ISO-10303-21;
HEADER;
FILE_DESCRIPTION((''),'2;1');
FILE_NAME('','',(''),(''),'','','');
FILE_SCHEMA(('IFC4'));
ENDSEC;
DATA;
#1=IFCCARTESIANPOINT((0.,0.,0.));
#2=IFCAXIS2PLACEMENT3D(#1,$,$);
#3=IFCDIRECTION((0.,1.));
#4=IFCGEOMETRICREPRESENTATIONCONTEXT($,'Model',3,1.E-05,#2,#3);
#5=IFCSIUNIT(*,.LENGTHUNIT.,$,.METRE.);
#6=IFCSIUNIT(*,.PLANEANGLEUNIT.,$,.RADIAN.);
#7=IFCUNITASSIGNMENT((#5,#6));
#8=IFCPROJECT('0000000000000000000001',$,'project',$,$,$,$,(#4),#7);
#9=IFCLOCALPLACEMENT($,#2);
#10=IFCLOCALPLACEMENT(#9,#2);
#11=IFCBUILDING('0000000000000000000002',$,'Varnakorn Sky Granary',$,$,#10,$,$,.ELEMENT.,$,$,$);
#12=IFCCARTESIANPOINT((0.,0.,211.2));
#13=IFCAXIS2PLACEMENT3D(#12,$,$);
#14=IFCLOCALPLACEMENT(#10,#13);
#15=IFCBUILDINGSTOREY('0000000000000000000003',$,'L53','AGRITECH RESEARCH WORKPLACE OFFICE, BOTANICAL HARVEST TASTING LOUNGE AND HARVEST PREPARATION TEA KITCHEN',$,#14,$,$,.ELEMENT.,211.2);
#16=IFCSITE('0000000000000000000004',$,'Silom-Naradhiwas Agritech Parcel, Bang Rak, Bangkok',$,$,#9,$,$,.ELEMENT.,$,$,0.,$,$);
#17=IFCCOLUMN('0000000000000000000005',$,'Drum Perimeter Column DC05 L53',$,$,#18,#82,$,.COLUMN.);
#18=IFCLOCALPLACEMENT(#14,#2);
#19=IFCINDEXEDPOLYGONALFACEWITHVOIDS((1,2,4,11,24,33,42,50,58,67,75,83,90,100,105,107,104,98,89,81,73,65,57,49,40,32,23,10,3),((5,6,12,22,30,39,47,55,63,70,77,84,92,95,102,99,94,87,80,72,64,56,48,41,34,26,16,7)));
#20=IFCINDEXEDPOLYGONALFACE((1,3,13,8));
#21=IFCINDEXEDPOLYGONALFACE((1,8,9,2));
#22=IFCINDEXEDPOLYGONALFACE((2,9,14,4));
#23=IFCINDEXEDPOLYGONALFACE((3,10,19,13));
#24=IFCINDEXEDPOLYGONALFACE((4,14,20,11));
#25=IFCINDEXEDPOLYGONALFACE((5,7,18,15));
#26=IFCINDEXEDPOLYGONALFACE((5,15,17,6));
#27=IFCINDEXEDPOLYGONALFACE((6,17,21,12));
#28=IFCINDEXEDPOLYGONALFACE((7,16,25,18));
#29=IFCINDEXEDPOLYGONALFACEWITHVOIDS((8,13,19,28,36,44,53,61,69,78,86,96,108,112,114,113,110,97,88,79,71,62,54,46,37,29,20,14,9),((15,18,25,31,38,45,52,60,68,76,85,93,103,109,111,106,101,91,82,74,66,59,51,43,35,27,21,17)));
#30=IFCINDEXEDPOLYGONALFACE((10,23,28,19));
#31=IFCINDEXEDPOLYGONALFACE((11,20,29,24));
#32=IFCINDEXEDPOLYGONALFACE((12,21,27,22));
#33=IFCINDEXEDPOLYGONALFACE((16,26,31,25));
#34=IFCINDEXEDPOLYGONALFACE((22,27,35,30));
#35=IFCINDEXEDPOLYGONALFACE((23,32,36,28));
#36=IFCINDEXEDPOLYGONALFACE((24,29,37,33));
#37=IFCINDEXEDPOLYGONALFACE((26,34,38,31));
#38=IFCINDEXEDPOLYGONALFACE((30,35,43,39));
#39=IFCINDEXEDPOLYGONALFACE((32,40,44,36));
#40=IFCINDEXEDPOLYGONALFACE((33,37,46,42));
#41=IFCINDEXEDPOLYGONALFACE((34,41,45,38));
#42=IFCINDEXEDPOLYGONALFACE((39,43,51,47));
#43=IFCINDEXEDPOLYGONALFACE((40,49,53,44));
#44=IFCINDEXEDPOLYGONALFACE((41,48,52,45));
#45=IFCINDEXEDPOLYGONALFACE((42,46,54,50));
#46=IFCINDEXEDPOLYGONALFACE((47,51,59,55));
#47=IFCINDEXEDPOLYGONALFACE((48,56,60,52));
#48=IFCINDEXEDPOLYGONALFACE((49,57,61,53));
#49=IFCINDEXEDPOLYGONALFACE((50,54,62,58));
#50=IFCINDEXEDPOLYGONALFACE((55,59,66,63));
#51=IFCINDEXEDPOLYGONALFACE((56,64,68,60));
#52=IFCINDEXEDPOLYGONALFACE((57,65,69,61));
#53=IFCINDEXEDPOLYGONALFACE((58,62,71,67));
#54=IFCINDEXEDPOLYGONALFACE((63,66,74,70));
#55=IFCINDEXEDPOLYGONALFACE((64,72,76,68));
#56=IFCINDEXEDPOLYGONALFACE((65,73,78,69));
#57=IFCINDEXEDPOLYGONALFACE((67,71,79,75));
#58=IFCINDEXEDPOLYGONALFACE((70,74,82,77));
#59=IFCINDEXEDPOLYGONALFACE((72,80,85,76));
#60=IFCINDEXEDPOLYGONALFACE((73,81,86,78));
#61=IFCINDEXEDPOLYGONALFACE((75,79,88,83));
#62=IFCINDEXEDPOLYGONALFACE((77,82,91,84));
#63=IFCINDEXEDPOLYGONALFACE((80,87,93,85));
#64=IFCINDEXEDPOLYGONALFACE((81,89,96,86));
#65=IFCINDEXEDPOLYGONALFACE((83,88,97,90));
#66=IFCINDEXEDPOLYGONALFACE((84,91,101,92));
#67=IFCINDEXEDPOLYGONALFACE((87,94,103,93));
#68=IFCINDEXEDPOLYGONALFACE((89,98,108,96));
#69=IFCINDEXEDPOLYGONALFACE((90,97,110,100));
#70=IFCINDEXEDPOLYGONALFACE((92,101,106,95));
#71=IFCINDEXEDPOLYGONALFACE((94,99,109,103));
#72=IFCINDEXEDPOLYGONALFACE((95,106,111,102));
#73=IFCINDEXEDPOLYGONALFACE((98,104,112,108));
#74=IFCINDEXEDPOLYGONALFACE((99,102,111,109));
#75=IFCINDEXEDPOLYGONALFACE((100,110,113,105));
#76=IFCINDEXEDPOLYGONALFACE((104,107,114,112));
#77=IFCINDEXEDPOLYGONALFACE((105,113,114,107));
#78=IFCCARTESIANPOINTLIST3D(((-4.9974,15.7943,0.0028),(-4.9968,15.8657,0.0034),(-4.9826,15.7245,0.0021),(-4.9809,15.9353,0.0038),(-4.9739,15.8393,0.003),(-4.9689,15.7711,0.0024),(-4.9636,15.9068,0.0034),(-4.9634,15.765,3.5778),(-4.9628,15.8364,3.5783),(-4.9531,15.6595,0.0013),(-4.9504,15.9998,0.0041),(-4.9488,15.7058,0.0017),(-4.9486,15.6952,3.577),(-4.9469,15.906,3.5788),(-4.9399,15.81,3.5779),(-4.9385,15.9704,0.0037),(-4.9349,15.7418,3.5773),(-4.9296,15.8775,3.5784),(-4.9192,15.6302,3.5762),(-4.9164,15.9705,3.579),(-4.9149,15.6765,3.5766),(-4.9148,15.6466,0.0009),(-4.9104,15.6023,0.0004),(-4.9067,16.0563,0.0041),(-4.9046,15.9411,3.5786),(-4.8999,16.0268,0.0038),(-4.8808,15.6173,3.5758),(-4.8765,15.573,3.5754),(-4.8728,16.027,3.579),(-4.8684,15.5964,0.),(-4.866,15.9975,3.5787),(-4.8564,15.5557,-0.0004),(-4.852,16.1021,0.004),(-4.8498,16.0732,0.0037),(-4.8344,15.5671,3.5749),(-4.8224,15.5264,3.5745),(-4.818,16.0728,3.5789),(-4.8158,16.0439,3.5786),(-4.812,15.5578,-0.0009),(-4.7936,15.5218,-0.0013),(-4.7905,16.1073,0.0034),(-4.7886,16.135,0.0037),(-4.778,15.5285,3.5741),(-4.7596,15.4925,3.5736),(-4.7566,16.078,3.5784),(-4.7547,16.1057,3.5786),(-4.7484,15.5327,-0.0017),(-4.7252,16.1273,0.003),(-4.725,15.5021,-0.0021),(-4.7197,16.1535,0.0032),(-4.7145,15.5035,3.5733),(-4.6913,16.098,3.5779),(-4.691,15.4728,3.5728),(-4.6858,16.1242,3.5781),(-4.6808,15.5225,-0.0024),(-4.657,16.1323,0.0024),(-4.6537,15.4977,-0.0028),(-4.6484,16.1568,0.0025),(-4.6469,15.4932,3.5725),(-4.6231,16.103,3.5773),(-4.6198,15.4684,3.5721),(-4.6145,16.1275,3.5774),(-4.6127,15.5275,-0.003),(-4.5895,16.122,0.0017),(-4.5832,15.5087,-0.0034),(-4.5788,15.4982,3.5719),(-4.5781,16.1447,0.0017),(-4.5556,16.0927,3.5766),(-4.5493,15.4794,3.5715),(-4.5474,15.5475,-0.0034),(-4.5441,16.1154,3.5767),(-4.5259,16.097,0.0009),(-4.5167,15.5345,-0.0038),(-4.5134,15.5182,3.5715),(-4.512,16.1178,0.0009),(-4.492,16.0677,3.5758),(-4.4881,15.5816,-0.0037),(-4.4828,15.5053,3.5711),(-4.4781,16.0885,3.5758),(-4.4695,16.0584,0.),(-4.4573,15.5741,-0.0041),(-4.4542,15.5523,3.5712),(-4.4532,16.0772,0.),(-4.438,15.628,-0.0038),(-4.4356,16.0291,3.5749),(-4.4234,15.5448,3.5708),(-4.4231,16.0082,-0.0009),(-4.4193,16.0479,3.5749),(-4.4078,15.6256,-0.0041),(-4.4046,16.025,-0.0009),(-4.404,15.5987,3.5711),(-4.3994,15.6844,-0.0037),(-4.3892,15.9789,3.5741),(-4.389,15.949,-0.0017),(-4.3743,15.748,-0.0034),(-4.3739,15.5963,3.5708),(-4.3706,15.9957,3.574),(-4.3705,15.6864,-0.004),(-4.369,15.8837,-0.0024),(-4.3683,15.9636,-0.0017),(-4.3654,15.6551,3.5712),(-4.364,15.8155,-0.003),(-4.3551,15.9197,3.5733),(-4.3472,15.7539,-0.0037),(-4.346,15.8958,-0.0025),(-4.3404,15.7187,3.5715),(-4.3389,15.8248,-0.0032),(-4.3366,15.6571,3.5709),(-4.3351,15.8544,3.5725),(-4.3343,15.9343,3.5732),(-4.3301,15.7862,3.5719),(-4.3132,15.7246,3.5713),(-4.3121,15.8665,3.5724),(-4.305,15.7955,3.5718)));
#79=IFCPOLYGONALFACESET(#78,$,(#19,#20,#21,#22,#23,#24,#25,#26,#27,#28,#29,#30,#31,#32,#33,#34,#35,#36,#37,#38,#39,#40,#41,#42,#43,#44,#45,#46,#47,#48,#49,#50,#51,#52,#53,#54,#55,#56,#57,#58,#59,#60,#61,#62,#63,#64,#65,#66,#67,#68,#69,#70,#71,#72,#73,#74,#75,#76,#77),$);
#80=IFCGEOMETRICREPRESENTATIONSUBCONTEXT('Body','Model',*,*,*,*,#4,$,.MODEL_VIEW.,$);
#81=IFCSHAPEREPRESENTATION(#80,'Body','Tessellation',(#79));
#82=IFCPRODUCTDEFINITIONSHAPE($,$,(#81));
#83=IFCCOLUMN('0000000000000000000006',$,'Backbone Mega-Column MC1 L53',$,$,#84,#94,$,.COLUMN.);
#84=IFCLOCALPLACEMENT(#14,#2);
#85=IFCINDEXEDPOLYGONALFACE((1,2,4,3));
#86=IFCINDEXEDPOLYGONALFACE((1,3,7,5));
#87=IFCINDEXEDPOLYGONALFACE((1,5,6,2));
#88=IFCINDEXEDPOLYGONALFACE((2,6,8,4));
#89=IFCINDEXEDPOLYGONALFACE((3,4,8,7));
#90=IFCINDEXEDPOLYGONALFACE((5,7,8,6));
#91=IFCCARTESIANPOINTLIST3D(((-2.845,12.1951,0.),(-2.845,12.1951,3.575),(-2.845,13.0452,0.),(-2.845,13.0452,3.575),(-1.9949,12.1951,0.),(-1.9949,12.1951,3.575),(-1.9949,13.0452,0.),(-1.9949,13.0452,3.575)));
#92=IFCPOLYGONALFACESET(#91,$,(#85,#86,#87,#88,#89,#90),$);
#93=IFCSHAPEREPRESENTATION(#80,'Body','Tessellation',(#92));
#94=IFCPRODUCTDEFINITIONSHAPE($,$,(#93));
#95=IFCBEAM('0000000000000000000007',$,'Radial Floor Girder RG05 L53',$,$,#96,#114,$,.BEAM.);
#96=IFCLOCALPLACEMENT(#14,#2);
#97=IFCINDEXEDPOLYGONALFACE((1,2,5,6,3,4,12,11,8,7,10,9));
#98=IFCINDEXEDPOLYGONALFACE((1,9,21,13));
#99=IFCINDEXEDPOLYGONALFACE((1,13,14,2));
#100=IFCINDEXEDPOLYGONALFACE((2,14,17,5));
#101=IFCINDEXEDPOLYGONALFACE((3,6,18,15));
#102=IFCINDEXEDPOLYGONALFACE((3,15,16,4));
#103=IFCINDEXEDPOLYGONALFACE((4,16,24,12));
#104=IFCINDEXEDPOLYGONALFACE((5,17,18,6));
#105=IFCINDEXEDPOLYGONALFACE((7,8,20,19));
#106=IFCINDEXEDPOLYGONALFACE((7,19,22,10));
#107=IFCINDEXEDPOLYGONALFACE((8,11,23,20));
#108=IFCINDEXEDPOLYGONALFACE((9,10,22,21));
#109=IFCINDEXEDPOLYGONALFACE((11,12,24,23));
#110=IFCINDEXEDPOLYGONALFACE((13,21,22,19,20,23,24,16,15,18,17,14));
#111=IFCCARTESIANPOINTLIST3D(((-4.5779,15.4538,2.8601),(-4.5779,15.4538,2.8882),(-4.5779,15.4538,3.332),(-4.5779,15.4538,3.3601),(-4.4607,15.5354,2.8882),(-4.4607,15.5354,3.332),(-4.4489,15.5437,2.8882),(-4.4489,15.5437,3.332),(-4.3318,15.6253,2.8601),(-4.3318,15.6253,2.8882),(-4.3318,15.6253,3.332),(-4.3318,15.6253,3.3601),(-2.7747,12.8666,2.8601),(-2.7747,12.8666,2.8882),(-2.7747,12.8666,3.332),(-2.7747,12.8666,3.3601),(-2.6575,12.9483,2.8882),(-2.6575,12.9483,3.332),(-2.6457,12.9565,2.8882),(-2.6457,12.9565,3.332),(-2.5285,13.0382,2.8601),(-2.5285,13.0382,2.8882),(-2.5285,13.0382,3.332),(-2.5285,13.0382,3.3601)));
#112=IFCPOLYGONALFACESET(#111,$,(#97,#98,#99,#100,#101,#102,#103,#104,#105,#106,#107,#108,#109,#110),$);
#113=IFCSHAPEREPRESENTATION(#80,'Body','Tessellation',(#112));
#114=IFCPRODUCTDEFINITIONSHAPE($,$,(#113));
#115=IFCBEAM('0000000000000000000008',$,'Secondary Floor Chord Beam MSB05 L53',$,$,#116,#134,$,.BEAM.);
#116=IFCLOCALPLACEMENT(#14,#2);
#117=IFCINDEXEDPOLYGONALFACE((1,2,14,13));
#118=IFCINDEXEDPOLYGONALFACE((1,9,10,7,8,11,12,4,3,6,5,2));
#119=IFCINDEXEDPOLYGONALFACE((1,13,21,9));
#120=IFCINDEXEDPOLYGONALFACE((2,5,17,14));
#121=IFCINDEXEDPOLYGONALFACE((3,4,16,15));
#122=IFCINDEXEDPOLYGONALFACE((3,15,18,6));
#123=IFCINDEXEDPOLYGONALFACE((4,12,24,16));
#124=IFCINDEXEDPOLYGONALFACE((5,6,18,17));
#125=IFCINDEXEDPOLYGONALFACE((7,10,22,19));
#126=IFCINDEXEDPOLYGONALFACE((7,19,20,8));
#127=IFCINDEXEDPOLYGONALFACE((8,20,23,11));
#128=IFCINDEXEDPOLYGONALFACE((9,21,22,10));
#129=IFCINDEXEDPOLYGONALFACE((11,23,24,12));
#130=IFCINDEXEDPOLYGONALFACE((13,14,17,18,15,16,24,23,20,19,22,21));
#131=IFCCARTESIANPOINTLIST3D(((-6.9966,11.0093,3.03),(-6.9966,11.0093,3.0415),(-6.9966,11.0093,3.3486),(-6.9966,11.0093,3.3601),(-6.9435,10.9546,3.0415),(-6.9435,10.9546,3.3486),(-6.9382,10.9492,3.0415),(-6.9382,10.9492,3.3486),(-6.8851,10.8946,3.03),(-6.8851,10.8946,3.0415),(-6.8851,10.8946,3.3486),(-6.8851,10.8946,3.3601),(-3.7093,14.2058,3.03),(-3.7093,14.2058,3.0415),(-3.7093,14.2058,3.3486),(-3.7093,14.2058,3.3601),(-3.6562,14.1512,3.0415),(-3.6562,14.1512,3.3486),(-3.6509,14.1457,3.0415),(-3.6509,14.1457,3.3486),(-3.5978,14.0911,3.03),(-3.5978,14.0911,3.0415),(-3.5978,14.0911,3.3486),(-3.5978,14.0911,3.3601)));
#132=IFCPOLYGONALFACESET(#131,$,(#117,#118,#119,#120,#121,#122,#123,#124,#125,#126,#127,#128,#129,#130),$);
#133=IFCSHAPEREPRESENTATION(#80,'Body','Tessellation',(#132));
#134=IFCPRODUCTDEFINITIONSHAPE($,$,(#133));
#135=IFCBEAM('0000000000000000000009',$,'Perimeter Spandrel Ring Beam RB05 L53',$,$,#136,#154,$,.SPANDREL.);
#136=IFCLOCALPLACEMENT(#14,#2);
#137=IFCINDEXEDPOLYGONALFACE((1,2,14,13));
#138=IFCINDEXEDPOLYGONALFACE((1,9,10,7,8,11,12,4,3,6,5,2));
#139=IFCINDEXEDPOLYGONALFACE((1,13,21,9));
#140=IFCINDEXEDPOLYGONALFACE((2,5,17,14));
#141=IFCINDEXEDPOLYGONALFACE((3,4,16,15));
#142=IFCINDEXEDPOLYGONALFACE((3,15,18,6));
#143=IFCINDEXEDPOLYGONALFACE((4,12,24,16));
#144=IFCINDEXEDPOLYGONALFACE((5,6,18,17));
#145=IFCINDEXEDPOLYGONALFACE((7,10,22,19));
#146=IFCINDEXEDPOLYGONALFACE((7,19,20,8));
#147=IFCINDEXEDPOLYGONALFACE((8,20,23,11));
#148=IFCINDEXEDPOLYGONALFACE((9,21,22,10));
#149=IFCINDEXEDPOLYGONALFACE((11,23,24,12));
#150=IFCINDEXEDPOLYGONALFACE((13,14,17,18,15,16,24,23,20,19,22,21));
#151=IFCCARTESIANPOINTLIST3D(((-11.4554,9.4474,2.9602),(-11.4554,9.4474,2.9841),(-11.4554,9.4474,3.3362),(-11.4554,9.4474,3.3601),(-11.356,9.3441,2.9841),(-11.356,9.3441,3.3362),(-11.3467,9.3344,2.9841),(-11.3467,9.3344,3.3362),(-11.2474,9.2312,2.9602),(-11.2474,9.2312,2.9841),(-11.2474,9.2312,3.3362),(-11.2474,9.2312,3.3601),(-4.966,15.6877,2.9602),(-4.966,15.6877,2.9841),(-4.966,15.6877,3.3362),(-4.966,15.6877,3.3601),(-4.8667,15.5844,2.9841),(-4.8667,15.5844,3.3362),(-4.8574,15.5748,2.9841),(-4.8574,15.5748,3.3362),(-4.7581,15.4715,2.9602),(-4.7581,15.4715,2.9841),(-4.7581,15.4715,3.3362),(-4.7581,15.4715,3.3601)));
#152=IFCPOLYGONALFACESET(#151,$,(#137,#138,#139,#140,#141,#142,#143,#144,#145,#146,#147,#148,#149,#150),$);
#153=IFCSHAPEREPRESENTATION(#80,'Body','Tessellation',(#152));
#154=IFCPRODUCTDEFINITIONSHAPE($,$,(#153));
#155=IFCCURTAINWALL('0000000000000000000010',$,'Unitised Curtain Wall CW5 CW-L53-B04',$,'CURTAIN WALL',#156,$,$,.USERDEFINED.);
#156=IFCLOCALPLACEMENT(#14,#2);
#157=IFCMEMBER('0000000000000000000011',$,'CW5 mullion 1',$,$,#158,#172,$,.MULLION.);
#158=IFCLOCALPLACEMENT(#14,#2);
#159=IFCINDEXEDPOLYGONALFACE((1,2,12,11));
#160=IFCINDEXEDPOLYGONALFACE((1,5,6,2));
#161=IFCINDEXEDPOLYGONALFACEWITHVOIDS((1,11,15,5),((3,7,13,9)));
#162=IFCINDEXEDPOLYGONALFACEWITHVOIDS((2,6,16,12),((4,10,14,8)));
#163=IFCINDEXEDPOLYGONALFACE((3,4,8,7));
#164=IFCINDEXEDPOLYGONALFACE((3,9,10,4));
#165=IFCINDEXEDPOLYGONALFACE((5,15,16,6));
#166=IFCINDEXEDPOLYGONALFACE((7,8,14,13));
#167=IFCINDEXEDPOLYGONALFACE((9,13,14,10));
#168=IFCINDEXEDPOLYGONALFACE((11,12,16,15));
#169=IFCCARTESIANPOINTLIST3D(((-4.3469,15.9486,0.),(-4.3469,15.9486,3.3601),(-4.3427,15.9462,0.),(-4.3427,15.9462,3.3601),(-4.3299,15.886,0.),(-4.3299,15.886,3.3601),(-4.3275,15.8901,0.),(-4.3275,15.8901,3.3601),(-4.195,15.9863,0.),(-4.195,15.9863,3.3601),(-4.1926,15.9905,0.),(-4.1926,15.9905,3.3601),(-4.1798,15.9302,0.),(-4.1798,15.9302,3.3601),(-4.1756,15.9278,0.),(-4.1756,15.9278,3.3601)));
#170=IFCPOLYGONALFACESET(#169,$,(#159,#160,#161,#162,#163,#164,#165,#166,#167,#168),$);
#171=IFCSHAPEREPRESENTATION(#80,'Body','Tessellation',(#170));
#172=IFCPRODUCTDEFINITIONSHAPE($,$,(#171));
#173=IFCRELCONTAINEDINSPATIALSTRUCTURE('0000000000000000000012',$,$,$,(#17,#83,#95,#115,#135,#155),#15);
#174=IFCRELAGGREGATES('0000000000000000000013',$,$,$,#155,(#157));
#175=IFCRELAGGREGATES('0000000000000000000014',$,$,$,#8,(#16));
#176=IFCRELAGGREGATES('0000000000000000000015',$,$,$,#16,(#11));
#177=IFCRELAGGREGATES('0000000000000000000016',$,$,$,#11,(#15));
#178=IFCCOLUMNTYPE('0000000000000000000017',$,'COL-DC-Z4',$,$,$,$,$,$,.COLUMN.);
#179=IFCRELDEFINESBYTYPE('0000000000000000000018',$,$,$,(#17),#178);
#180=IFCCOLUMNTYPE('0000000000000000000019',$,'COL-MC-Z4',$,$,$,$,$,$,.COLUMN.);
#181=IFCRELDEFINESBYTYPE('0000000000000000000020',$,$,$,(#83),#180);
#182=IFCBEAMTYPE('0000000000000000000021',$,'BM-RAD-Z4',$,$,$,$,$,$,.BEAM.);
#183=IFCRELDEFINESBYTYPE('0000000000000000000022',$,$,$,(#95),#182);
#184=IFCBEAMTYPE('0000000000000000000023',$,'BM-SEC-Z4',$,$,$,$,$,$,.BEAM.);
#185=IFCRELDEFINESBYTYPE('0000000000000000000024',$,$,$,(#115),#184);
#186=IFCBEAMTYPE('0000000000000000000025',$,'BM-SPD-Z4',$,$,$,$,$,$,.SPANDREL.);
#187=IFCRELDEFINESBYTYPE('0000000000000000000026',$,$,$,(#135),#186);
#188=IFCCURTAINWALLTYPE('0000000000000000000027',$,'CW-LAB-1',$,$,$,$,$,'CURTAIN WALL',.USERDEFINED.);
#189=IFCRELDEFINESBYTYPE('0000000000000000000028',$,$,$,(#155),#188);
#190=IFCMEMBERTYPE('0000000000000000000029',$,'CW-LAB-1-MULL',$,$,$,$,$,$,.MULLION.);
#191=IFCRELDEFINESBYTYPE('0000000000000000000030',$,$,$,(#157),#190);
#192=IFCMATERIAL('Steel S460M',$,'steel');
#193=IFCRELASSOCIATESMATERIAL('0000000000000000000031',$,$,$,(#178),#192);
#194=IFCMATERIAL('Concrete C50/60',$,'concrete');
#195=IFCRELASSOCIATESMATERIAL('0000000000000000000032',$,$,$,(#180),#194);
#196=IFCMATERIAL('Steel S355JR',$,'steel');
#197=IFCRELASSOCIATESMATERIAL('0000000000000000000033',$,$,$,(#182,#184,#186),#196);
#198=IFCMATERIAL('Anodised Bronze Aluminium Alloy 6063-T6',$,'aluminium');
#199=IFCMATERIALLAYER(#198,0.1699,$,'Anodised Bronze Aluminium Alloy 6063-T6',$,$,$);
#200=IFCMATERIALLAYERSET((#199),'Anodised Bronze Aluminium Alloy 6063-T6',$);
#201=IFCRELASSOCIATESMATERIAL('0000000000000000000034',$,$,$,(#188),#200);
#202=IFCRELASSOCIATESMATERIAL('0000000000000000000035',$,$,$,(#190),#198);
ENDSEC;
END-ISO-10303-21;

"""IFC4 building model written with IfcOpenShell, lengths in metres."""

from ifc_helpers import new_model, si_unit, direction, frame, origin, origin_2d, place, context, subcontext, project, spatial, rectangle, hollow_rectangle, hollow_circle, i_section, extrude, material, layer, layer_set, material_profile, profile_set, type_object, element, aggregate, save


model = new_model("IFC4")

# Units and contexts
model_context = context("Model", 3, precision=1e-05, world=origin(), true_north=direction((0.0, 1.0)))
body_context = subcontext(model_context, "Body", "Model", "MODEL_VIEW")
ifc_project = project(units=[si_unit("LENGTHUNIT", "METRE"), si_unit("PLANEANGLEUNIT", "RADIAN")], contexts=[model_context])

# Site, building, storey
site_placement = place(None, origin())
site = spatial("IfcSite", under=ifc_project, at=site_placement, Name="Silom-Naradhiwas Agritech Parcel, Bang Rak, Bangkok", CompositionType="ELEMENT", RefElevation=0.0)
building_placement = place(site_placement, origin())
building = spatial("IfcBuilding", under=site, at=building_placement, Name="Varnakorn Sky Granary", CompositionType="ELEMENT")
storey_placement = place(building_placement, frame((0.0, 0.0, 211.2)))
storey = spatial("IfcBuildingStorey", under=building, at=storey_placement, Name="L53", Description="AGRITECH RESEARCH WORKPLACE OFFICE, BOTANICAL HARVEST TASTING LOUNGE AND HARVEST PREPARATION TEA KITCHEN", CompositionType="ELEMENT", Elevation=211.2)

# Columns
ifc_material_1 = material(Name="Steel S460M", Category="steel")
ifc_material_profile_1 = material_profile(ifc_material_1, hollow_circle(Radius=0.3301, WallThickness=0.0249, at=origin_2d()), Name="CHS 660x25")
ifc_profile_set_1 = profile_set([ifc_material_profile_1], Name="Steel S460M")
column_type_1 = type_object("IfcColumnType", Name="COL-DC-Z4", PredefinedType="COLUMN", material=ifc_profile_set_1)
column_1_placement = place(storey_placement, frame((-4.6689, 15.8274, 0.0), z_axis=(0.009492, -0.008194, 0.999921), x_axis=(0.653478, 0.756945, 0.0)))
element("IfcColumn", 1, at=column_1_placement, inside=storey, type_object=column_type_1, Name="Drum Perimeter Column DC05 L53", PredefinedType="COLUMN", context=body_context, shape_type="SweptSolid", body=[
    extrude(hollow_circle(Radius=0.3301, WallThickness=0.0249, at=origin_2d()), origin(), (0.0, 0.0, 1.0), 3.5752),
])
ifc_material_2 = material(Name="Concrete C50/60", Category="concrete")
ifc_material_profile_2 = material_profile(ifc_material_2, rectangle(XDim=0.8501, YDim=0.8501, at=origin_2d()), Name="RC 850x850")
ifc_profile_set_2 = profile_set([ifc_material_profile_2], Name="Concrete C50/60")
column_type_2 = type_object("IfcColumnType", Name="COL-MC-Z4", PredefinedType="COLUMN", material=ifc_profile_set_2)
column_2_placement = place(storey_placement, frame((-2.4199, 12.6201, 0.0), z_axis=(0.0, 0.0, 1.0), x_axis=(1.0, 0.0, 0.0)))
element("IfcColumn", 2, at=column_2_placement, inside=storey, type_object=column_type_2, Name="Backbone Mega-Column MC1 L53", PredefinedType="COLUMN", context=body_context, shape_type="SweptSolid", body=[
    extrude(rectangle(XDim=0.8501, YDim=0.8501, at=origin_2d()), origin(), (0.0, 0.0, 1.0), 3.575),
])

# Beams
ifc_material_3 = material(Name="Steel S355JR", Category="steel")
ifc_material_profile_3 = material_profile(ifc_material_3, i_section(OverallWidth=0.3, OverallDepth=0.5, WebThickness=0.0144, FlangeThickness=0.0281, at=origin_2d()), Name="HE 500 B")
ifc_profile_set_3 = profile_set([ifc_material_profile_3], Name="Steel S355JR")
beam_type_1 = type_object("IfcBeamType", Name="BM-RAD-Z4", PredefinedType="BEAM", material=ifc_profile_set_3)
beam_1_placement = place(storey_placement, frame((-2.6516, 12.9524, 3.1101), z_axis=(-0.571804, 0.82039, 0.0), x_axis=(-0.82039, -0.571804, 0.0)))
element("IfcBeam", 3, at=beam_1_placement, inside=storey, type_object=beam_type_1, Name="Radial Floor Girder RG05 L53", PredefinedType="BEAM", context=body_context, shape_type="SweptSolid", body=[
    extrude(i_section(OverallWidth=0.3, OverallDepth=0.5, WebThickness=0.0144, FlangeThickness=0.0281, at=origin_2d()), origin(), (0.0, 0.0, 1.0), 3.1536),
])
ifc_material_profile_4 = material_profile(ifc_material_3, i_section(OverallWidth=0.1599, OverallDepth=0.3301, WebThickness=0.0076, FlangeThickness=0.0115, at=origin_2d()), Name="IPE 330")
ifc_profile_set_4 = profile_set([ifc_material_profile_4], Name="Steel S355JR")
beam_type_2 = type_object("IfcBeamType", Name="BM-SEC-Z4", PredefinedType="BEAM", material=ifc_profile_set_4)
beam_2_placement = place(storey_placement, frame((-3.6536, 14.1484, 3.1951), z_axis=(-0.716941, -0.697134, 0.0), x_axis=(0.697134, -0.716941, 0.0)))
element("IfcBeam", 4, at=beam_2_placement, inside=storey, type_object=beam_type_2, Name="Secondary Floor Chord Beam MSB05 L53", PredefinedType="BEAM", context=body_context, shape_type="SweptSolid", body=[
    extrude(i_section(OverallWidth=0.1599, OverallDepth=0.3301, WebThickness=0.0076, FlangeThickness=0.0115, at=origin_2d()), origin(), (0.0, 0.0, 1.0), 4.5852),
])
ifc_material_profile_5 = material_profile(ifc_material_3, i_section(OverallWidth=0.3, OverallDepth=0.3999, WebThickness=0.0134, FlangeThickness=0.0239, at=origin_2d()), Name="HE 400 B")
ifc_profile_set_5 = profile_set([ifc_material_profile_5], Name="Steel S355JR")
beam_type_3 = type_object("IfcBeamType", Name="BM-SPD-Z4", PredefinedType="SPANDREL", material=ifc_profile_set_5)
beam_3_placement = place(storey_placement, frame((-4.8621, 15.5796, 3.1602), z_axis=(-0.720802, -0.693141, 0.0), x_axis=(0.693141, -0.720802, 0.0)))
element("IfcBeam", 5, at=beam_3_placement, inside=storey, type_object=beam_type_3, Name="Perimeter Spandrel Ring Beam RB05 L53", PredefinedType="SPANDREL", context=body_context, shape_type="SweptSolid", body=[
    extrude(i_section(OverallWidth=0.3, OverallDepth=0.3999, WebThickness=0.0134, FlangeThickness=0.0239, at=origin_2d()), origin(), (0.0, 0.0, 1.0), 9.0029),
])

# Curtain wall, member
ifc_material_4 = material(Name="Anodised Bronze Aluminium Alloy 6063-T6", Category="aluminium")
ifc_layer_1 = layer(ifc_material_4, 0.1699, Name="Anodised Bronze Aluminium Alloy 6063-T6")
ifc_layer_set_1 = layer_set([ifc_layer_1], Name="Anodised Bronze Aluminium Alloy 6063-T6")
curtain_wall_type = type_object("IfcCurtainWallType", Name="CW-LAB-1", ElementType="CURTAIN WALL", PredefinedType="USERDEFINED", material=ifc_layer_set_1)
curtain_wall_1_placement = place(storey_placement, origin())
curtain_wall_1 = element("IfcCurtainWall", 6, at=curtain_wall_1_placement, inside=storey, type_object=curtain_wall_type, Name="Unitised Curtain Wall CW5 CW-L53-B04", ObjectType="CURTAIN WALL", PredefinedType="USERDEFINED")
ifc_material_profile_6 = material_profile(ifc_material_4, hollow_rectangle(XDim=0.0649, YDim=0.1599, WallThickness=0.0034, at=origin_2d()), Name="ALU MULL 65x160")
ifc_profile_set_6 = profile_set([ifc_material_profile_6], Name="Anodised Bronze Aluminium Alloy 6063-T6")
member_type_1 = type_object("IfcMemberType", Name="CW-LAB-1-MULL", PredefinedType="MULLION", material=ifc_profile_set_6)
member_1_placement = place(storey_placement, frame((-4.2612, 15.9382, 0.0), z_axis=(0.0, 0.0, 1.0), x_axis=(-0.26192, 0.96509, 0.0)))
member_1 = element("IfcMember", 7, at=member_1_placement, type_object=member_type_1, Name="CW5 mullion 1", PredefinedType="MULLION", context=body_context, shape_type="SweptSolid", body=[
    extrude(hollow_rectangle(XDim=0.0649, YDim=0.1599, WallThickness=0.0034, at=origin_2d()), origin(), (0.0, 0.0, 1.0), 3.3601),
])

aggregate(curtain_wall_1, [member_1])

save(model, "model.ifc")
